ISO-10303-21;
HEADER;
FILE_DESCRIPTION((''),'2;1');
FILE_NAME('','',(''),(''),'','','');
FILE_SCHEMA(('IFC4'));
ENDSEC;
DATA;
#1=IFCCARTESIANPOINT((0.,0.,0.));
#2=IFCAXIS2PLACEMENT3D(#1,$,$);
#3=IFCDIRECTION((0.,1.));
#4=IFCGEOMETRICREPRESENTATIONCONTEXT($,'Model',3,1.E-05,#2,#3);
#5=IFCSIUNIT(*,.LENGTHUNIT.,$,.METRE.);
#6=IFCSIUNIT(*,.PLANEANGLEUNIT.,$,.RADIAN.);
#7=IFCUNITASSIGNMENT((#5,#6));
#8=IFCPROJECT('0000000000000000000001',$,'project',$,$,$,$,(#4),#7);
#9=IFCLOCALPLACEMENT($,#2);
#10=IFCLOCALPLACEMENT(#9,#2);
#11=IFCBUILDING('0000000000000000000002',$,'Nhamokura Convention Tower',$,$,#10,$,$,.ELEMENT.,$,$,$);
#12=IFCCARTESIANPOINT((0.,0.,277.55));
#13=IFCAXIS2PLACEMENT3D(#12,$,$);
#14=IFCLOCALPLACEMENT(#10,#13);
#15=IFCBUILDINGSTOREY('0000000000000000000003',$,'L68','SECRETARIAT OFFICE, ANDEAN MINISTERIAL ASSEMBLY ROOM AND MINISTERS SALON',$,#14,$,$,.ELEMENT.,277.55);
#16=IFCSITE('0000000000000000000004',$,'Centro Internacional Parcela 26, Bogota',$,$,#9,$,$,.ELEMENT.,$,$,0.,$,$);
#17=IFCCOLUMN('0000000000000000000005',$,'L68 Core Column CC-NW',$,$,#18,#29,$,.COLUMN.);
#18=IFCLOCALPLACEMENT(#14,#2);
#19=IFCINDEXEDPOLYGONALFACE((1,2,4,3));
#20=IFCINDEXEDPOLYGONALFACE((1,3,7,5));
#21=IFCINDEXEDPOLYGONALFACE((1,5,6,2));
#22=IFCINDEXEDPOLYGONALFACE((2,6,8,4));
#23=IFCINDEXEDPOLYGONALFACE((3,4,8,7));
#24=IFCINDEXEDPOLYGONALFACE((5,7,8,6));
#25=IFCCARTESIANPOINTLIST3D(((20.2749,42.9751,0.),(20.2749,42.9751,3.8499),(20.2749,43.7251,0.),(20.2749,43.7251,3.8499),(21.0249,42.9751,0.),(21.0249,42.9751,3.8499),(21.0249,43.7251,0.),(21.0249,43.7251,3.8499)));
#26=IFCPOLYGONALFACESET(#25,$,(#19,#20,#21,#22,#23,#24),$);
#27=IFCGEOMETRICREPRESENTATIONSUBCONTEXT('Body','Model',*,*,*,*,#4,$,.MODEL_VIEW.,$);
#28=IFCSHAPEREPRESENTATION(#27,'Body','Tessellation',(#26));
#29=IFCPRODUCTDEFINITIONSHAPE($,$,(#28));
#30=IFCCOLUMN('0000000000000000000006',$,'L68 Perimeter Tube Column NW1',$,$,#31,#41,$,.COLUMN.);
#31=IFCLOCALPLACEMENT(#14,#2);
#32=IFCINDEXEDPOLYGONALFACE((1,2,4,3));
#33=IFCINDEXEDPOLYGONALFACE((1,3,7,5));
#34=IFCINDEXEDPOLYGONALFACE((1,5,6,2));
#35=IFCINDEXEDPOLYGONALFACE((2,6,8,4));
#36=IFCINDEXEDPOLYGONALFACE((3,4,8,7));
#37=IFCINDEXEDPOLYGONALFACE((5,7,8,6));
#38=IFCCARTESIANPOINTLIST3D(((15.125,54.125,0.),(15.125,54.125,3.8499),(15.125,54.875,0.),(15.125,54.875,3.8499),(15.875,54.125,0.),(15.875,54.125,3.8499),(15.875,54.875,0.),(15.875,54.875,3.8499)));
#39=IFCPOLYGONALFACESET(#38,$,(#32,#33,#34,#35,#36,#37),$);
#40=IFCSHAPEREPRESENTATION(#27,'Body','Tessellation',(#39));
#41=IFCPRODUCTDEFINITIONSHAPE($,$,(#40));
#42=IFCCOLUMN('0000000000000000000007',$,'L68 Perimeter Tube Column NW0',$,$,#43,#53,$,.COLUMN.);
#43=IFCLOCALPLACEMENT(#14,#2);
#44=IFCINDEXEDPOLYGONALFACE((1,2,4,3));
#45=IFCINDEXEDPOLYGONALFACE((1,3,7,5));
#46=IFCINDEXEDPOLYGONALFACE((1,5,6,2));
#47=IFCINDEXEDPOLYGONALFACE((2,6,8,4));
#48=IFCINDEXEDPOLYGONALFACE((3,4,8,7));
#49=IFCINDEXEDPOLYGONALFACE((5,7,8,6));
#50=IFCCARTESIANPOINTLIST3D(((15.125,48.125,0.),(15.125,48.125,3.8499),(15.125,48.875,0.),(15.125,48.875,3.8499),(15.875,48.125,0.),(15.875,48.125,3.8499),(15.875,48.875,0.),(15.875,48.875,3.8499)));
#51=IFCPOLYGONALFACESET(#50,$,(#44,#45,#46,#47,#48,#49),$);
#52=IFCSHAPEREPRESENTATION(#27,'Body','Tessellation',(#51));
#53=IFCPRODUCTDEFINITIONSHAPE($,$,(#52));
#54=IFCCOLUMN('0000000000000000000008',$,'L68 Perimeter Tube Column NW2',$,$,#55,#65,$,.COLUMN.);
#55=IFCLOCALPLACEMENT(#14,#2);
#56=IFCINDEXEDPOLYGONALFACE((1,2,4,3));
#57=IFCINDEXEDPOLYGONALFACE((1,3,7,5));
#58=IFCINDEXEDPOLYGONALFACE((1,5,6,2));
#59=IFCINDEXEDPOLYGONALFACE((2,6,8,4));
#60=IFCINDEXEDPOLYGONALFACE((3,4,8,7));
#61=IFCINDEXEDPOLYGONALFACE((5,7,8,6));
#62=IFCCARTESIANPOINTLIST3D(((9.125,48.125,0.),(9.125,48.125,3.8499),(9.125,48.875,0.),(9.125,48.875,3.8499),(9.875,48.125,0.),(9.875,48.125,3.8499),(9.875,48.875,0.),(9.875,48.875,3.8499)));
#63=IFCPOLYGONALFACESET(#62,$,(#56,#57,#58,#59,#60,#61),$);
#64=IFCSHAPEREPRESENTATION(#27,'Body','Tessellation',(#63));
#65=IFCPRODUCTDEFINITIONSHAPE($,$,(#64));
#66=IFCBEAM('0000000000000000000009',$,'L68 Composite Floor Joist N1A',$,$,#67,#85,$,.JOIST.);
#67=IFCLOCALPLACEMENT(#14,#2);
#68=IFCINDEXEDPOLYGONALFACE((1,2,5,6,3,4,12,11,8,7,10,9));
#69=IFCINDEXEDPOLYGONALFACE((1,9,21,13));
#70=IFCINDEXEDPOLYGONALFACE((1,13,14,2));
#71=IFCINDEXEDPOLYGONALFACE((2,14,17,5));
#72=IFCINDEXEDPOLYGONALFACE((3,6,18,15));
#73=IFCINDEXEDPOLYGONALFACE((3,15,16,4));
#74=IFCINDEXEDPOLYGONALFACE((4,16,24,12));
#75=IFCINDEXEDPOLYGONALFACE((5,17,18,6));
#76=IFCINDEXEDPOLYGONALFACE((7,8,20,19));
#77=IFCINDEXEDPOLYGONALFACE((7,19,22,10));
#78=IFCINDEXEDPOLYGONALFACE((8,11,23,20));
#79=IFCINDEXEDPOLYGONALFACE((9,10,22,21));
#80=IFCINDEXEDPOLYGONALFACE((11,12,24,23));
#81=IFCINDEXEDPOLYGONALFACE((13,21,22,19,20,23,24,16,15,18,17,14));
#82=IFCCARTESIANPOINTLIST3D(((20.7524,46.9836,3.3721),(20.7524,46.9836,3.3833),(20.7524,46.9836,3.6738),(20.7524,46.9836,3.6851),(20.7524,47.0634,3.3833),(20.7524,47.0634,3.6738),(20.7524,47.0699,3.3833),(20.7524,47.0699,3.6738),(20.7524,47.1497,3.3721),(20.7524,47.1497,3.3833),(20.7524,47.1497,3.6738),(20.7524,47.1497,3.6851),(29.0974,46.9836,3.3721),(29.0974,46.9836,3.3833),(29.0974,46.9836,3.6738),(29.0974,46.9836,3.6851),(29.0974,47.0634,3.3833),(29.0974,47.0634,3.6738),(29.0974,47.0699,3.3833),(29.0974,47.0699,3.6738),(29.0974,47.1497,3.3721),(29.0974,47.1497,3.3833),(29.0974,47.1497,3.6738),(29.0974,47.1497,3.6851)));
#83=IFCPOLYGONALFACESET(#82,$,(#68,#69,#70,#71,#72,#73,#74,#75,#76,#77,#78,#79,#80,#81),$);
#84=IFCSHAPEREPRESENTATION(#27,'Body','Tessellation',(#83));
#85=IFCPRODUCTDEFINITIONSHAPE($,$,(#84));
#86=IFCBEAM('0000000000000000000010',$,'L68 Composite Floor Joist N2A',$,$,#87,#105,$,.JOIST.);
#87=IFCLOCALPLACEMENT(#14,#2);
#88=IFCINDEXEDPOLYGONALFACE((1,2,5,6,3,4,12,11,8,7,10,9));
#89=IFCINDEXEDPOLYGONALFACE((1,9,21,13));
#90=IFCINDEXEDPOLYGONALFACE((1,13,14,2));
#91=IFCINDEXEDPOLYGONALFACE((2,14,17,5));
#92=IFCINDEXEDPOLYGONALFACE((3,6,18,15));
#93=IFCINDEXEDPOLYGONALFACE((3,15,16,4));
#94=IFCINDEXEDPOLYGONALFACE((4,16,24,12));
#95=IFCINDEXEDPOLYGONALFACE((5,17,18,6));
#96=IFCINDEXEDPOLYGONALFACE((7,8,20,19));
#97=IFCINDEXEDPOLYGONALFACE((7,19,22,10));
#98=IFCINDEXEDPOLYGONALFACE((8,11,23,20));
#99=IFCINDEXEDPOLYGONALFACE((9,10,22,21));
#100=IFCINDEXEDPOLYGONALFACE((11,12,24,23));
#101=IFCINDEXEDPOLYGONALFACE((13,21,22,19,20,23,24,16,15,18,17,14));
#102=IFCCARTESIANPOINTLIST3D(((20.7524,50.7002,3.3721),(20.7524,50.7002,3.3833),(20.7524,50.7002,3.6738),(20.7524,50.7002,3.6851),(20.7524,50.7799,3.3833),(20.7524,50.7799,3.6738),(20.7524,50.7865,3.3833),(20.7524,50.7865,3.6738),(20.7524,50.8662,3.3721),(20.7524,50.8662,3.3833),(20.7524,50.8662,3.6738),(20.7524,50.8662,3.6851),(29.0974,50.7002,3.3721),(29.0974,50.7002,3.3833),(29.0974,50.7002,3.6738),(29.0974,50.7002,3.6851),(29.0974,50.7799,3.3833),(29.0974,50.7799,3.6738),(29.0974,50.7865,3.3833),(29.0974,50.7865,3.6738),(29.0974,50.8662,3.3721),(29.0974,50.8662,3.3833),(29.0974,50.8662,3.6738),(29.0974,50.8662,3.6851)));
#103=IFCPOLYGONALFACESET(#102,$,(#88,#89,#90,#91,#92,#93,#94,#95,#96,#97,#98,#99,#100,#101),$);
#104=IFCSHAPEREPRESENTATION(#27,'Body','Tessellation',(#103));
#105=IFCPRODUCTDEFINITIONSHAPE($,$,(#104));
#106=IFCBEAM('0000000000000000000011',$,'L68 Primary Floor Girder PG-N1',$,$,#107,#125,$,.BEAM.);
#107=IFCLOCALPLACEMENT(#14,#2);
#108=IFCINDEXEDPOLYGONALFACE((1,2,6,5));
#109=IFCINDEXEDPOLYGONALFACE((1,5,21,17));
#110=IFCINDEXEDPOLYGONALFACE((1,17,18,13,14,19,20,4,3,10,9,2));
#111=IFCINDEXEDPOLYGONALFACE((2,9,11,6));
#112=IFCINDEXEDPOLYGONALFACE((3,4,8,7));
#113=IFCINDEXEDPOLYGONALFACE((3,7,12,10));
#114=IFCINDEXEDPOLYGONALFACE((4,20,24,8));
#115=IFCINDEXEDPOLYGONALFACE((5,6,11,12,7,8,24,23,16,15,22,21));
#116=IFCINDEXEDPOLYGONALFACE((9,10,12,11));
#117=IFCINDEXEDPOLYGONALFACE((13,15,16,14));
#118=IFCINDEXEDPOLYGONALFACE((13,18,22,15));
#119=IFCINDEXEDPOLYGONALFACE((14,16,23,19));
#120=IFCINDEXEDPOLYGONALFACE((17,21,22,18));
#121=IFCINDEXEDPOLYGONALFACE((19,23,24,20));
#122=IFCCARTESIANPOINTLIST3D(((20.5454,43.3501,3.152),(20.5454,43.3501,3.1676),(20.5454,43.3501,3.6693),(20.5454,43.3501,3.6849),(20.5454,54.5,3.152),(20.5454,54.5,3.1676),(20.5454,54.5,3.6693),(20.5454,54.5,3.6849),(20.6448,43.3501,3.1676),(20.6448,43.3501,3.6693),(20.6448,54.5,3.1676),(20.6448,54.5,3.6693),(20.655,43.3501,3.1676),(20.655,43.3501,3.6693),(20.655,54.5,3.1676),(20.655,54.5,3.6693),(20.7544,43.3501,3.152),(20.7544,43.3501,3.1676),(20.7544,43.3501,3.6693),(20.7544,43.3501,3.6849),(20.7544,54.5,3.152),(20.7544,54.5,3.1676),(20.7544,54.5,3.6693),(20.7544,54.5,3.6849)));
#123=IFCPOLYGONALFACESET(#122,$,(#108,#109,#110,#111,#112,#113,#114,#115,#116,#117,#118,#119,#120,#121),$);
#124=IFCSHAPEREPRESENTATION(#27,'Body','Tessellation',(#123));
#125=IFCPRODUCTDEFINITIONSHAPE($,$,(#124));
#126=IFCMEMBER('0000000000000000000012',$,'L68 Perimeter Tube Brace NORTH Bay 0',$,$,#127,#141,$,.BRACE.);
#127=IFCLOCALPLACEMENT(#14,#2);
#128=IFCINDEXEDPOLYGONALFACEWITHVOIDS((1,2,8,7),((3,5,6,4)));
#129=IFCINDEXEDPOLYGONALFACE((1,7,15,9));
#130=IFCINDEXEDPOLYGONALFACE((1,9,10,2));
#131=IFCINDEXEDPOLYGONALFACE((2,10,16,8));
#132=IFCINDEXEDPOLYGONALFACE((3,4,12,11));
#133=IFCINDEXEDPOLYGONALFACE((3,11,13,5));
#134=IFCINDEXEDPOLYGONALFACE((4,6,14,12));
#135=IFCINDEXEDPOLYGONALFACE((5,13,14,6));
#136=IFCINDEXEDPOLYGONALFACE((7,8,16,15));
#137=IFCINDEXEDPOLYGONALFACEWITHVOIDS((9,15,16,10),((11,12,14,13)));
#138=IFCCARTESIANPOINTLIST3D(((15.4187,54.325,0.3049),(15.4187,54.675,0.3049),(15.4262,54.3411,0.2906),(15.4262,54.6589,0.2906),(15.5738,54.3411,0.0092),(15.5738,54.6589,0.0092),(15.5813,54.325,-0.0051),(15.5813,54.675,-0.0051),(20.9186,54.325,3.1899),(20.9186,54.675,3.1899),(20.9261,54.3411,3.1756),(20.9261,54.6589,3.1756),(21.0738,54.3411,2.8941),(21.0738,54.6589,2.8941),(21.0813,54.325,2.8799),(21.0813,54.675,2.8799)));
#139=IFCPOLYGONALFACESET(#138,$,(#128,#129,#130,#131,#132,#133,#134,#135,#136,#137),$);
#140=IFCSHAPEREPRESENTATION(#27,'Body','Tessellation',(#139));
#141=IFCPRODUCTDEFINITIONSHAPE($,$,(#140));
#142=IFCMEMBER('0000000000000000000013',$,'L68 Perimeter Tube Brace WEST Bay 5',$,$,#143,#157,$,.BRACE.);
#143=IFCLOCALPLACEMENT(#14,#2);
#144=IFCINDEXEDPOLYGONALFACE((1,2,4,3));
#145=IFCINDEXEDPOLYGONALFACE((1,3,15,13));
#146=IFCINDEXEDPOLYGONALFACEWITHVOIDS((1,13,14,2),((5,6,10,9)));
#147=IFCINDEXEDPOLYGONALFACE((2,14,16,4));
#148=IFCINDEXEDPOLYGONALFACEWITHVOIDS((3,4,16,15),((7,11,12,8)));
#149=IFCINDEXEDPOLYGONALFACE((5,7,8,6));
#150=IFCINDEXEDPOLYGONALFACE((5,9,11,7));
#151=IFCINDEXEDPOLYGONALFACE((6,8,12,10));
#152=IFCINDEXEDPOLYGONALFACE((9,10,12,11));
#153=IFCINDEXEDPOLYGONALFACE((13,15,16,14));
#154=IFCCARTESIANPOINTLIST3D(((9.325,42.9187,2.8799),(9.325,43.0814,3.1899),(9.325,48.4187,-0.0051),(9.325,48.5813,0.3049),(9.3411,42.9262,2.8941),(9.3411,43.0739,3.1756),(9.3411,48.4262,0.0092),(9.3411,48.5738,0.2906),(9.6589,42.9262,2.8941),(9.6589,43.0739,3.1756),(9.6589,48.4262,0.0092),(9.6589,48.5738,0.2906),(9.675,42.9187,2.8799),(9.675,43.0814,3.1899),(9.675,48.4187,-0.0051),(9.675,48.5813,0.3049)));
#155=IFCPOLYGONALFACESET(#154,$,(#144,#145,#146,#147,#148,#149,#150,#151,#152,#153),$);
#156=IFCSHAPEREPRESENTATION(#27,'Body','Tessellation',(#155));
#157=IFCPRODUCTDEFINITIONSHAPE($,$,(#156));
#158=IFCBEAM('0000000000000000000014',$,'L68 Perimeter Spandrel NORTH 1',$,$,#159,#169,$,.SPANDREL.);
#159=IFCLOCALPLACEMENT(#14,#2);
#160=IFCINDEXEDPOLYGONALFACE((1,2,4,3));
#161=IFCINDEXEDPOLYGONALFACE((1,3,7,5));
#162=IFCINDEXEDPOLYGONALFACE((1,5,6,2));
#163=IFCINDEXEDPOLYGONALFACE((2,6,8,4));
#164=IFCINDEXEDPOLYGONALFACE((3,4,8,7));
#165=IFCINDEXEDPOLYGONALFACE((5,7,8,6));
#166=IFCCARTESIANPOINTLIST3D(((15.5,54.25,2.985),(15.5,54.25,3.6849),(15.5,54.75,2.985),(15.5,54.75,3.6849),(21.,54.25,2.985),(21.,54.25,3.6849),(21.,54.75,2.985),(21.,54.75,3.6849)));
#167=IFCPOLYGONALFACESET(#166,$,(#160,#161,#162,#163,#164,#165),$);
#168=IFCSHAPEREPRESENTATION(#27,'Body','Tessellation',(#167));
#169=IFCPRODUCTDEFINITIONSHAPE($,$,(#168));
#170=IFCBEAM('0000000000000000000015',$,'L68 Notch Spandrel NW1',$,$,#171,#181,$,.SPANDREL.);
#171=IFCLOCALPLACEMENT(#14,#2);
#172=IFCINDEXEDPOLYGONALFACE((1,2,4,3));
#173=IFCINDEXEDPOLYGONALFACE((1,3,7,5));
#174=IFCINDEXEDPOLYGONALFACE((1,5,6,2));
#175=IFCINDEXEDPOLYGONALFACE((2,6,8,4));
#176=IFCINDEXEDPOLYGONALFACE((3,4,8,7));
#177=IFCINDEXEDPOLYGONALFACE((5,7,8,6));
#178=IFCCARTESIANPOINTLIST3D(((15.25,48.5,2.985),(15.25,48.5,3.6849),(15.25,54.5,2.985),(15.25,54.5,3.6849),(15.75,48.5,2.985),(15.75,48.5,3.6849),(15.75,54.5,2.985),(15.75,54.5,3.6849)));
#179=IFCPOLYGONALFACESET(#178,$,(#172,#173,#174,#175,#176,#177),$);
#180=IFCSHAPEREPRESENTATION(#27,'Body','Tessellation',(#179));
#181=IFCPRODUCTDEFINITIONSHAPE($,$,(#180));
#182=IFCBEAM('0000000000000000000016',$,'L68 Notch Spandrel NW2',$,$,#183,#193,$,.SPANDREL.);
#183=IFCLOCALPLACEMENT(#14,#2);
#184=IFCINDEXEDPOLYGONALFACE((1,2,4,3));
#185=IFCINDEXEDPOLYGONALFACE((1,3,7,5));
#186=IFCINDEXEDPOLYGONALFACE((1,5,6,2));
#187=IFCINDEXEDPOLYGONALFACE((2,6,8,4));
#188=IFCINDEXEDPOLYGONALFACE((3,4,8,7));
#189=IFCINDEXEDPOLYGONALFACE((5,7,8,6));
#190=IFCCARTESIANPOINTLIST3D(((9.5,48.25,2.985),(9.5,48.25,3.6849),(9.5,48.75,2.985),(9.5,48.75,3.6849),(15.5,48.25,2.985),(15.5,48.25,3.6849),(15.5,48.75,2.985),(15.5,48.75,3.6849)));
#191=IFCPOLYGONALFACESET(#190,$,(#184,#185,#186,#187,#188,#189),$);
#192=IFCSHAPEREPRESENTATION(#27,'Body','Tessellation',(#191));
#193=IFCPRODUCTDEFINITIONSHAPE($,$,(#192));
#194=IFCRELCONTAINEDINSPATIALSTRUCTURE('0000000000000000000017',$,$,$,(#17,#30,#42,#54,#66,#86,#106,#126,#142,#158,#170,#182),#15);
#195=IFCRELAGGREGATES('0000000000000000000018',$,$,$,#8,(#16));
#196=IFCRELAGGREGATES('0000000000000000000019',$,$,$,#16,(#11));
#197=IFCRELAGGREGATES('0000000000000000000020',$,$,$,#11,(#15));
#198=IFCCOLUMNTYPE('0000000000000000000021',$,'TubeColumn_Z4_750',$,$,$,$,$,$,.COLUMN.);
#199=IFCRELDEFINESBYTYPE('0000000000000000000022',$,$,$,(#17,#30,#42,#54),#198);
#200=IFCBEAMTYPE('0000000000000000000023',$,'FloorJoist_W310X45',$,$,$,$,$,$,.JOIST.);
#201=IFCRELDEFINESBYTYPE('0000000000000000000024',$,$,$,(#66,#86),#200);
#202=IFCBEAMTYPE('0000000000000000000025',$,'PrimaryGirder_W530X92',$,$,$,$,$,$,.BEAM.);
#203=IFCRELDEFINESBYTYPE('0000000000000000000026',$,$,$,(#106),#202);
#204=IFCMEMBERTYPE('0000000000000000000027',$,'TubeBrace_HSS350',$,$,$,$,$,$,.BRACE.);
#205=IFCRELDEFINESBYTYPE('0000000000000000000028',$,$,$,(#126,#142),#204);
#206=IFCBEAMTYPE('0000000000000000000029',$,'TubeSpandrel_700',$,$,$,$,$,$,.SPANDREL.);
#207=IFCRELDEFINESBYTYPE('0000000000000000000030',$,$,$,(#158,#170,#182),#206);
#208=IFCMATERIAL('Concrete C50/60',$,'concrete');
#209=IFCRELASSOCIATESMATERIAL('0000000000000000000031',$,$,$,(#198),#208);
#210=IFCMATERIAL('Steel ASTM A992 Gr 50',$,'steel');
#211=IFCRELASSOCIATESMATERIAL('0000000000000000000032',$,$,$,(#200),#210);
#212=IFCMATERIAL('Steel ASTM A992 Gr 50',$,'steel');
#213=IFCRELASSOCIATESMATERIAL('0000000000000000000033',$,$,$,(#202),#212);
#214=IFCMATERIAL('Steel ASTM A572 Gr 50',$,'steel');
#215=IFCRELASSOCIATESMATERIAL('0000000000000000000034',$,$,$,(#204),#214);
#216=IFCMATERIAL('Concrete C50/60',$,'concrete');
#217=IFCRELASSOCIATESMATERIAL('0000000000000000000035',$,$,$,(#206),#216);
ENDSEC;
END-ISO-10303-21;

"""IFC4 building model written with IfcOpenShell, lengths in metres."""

from ifc_helpers import new_model, si_unit, direction, frame, origin, origin_2d, place, context, subcontext, project, spatial, rectangle, hollow_rectangle, i_section, extrude, material, material_profile, profile_set, type_object, element, save


model = new_model("IFC4")

# Units and contexts
model_context = context("Model", 3, precision=1e-05, world=origin(), true_north=direction((0.0, 1.0)))
body_context = subcontext(model_context, "Body", "Model", "MODEL_VIEW")
ifc_project = project(units=[si_unit("LENGTHUNIT", "METRE"), si_unit("PLANEANGLEUNIT", "RADIAN")], contexts=[model_context])

# Site, building, storey
site_placement = place(None, origin())
site = spatial("IfcSite", under=ifc_project, at=site_placement, Name="Centro Internacional Parcela 26, Bogota", CompositionType="ELEMENT", RefElevation=0.0)
building_placement = place(site_placement, origin())
building = spatial("IfcBuilding", under=site, at=building_placement, Name="Nhamokura Convention Tower", CompositionType="ELEMENT")
storey_placement = place(building_placement, frame((0.0, 0.0, 277.55)))
storey = spatial("IfcBuildingStorey", under=building, at=storey_placement, Name="L68", Description="SECRETARIAT OFFICE, ANDEAN MINISTERIAL ASSEMBLY ROOM AND MINISTERS SALON", CompositionType="ELEMENT", Elevation=277.55)

# Columns
ifc_material_1 = material(Name="Concrete C50/60", Category="concrete")
ifc_material_profile_1 = material_profile(ifc_material_1, rectangle(XDim=0.75, YDim=0.75, at=origin_2d()))
ifc_profile_set_1 = profile_set([ifc_material_profile_1], Name="Concrete C50/60")
column_type = type_object("IfcColumnType", Name="TubeColumn_Z4_750", PredefinedType="COLUMN", material=ifc_profile_set_1)
for number, where, z_axis, x_axis, name in (
    (1, (20.6499, 43.3501, 0.0), (0.0, 0.0, 1.0), (1.0, 0.0, 0.0), "L68 Core Column CC-NW"),
    (2, (15.5, 54.5, 0.0), (0.0, 0.0, 1.0), (1.0, 0.0, 0.0), "L68 Perimeter Tube Column NW1"),
    (3, (15.5, 48.5, 0.0), (0.0, 0.0, 1.0), (1.0, 0.0, 0.0), "L68 Perimeter Tube Column NW0"),
    (4, (9.5, 48.5, 0.0), (0.0, 0.0, 1.0), (1.0, 0.0, 0.0), "L68 Perimeter Tube Column NW2"),
):
    element("IfcColumn", number, at=place(storey_placement, frame(where, z_axis=z_axis, x_axis=x_axis)), inside=storey, type_object=column_type, Name=name, PredefinedType="COLUMN", context=body_context, shape_type="SweptSolid", body=[
        extrude(rectangle(XDim=0.75, YDim=0.75, at=origin_2d()), origin(), (0.0, 0.0, 1.0), 3.8499),
    ])

# Beams
ifc_material_2 = material(Name="Steel ASTM A992 Gr 50", Category="steel")
ifc_material_profile_2 = material_profile(ifc_material_2, i_section(OverallWidth=0.166, OverallDepth=0.313, WebThickness=0.0066, FlangeThickness=0.0112, at=origin_2d()))
ifc_profile_set_2 = profile_set([ifc_material_profile_2], Name="Steel ASTM A992 Gr 50")
beam_type_1 = type_object("IfcBeamType", Name="FloorJoist_W310X45", PredefinedType="JOIST", material=ifc_profile_set_2)
for number, where, z_axis, x_axis, name in (
    (5, (20.7524, 47.0667, 3.5286), (1.0, 0.0, 0.0), (0.0, 1.0, 0.0), "L68 Composite Floor Joist N1A"),
    (6, (20.7524, 50.7832, 3.5286), (1.0, 0.0, 0.0), (0.0, 1.0, 0.0), "L68 Composite Floor Joist N2A"),
):
    element("IfcBeam", number, at=place(storey_placement, frame(where, z_axis=z_axis, x_axis=x_axis)), inside=storey, type_object=beam_type_1, Name=name, PredefinedType="JOIST", context=body_context, shape_type="SweptSolid", body=[
        extrude(i_section(OverallWidth=0.166, OverallDepth=0.313, WebThickness=0.0066, FlangeThickness=0.0112, at=origin_2d()), origin(), (0.0, 0.0, 1.0), 8.345),
    ])
ifc_material_3 = material(Name="Steel ASTM A992 Gr 50", Category="steel")
ifc_material_profile_3 = material_profile(ifc_material_3, i_section(OverallWidth=0.209, OverallDepth=0.533, WebThickness=0.0103, FlangeThickness=0.0156, at=origin_2d()))
ifc_profile_set_3 = profile_set([ifc_material_profile_3], Name="Steel ASTM A992 Gr 50")
beam_type_2 = type_object("IfcBeamType", Name="PrimaryGirder_W530X92", PredefinedType="BEAM", material=ifc_profile_set_3)
beam_1_placement = place(storey_placement, frame((20.6499, 43.3501, 3.4185), z_axis=(0.0, 1.0, 0.0), x_axis=(-1.0, 0.0, 0.0)))
element("IfcBeam", 7, at=beam_1_placement, inside=storey, type_object=beam_type_2, Name="L68 Primary Floor Girder PG-N1", PredefinedType="BEAM", context=body_context, shape_type="SweptSolid", body=[
    extrude(i_section(OverallWidth=0.209, OverallDepth=0.533, WebThickness=0.0103, FlangeThickness=0.0156, at=origin_2d()), origin(), (0.0, 0.0, 1.0), 11.1499),
])

# Members
ifc_material_4 = material(Name="Steel ASTM A572 Gr 50", Category="steel")
ifc_material_profile_4 = material_profile(ifc_material_4, hollow_rectangle(XDim=0.3501, YDim=0.3501, WallThickness=0.0161, at=origin_2d()))
ifc_profile_set_4 = profile_set([ifc_material_profile_4], Name="Steel ASTM A572 Gr 50")
member_type = type_object("IfcMemberType", Name="TubeBrace_HSS350", PredefinedType="BRACE", material=ifc_profile_set_4)
for number, where, z_axis, x_axis, name in (
    (8, (15.5, 54.5, 0.1499), (0.885563, 0.0, 0.46452), (0.0, 1.0, 0.0), "L68 Perimeter Tube Brace NORTH Bay 0"),
    (9, (9.5, 48.5, 0.1499), (0.0, -0.885563, 0.46452), (1.0, 0.0, 0.0), "L68 Perimeter Tube Brace WEST Bay 5"),
):
    element("IfcMember", number, at=place(storey_placement, frame(where, z_axis=z_axis, x_axis=x_axis)), inside=storey, type_object=member_type, Name=name, PredefinedType="BRACE", context=body_context, shape_type="SweptSolid", body=[
        extrude(hollow_rectangle(XDim=0.3501, YDim=0.3501, WallThickness=0.0161, at=origin_2d()), origin(), (0.0, 0.0, 1.0), 6.2107),
    ])

# Beams
ifc_material_5 = material(Name="Concrete C50/60", Category="concrete")
ifc_material_profile_5 = material_profile(ifc_material_5, rectangle(XDim=0.5, YDim=0.7, at=origin_2d()))
ifc_profile_set_5 = profile_set([ifc_material_profile_5], Name="Concrete C50/60")
beam_type_3 = type_object("IfcBeamType", Name="TubeSpandrel_700", PredefinedType="SPANDREL", material=ifc_profile_set_5)
beam_2_placement = place(storey_placement, frame((15.5, 54.5, 3.335), z_axis=(1.0, 0.0, 0.0), x_axis=(0.0, 1.0, 0.0)))
element("IfcBeam", 10, at=beam_2_placement, inside=storey, type_object=beam_type_3, Name="L68 Perimeter Spandrel NORTH 1", PredefinedType="SPANDREL", context=body_context, shape_type="SweptSolid", body=[
    extrude(rectangle(XDim=0.5, YDim=0.7, at=origin_2d()), origin(), (0.0, 0.0, 1.0), 5.5),
])
for number, where, z_axis, x_axis, name in (
    (11, (15.5, 54.5, 3.335), (0.0, -1.0, 0.0), (1.0, 0.0, 0.0), "L68 Notch Spandrel NW1"),
    (12, (15.5, 48.5, 3.335), (-1.0, 0.0, 0.0), (0.0, -1.0, 0.0), "L68 Notch Spandrel NW2"),
):
    element("IfcBeam", number, at=place(storey_placement, frame(where, z_axis=z_axis, x_axis=x_axis)), inside=storey, type_object=beam_type_3, Name=name, PredefinedType="SPANDREL", context=body_context, shape_type="SweptSolid", body=[
        extrude(rectangle(XDim=0.5, YDim=0.7, at=origin_2d()), origin(), (0.0, 0.0, 1.0), 6.0),
    ])

save(model, "model.ifc")
